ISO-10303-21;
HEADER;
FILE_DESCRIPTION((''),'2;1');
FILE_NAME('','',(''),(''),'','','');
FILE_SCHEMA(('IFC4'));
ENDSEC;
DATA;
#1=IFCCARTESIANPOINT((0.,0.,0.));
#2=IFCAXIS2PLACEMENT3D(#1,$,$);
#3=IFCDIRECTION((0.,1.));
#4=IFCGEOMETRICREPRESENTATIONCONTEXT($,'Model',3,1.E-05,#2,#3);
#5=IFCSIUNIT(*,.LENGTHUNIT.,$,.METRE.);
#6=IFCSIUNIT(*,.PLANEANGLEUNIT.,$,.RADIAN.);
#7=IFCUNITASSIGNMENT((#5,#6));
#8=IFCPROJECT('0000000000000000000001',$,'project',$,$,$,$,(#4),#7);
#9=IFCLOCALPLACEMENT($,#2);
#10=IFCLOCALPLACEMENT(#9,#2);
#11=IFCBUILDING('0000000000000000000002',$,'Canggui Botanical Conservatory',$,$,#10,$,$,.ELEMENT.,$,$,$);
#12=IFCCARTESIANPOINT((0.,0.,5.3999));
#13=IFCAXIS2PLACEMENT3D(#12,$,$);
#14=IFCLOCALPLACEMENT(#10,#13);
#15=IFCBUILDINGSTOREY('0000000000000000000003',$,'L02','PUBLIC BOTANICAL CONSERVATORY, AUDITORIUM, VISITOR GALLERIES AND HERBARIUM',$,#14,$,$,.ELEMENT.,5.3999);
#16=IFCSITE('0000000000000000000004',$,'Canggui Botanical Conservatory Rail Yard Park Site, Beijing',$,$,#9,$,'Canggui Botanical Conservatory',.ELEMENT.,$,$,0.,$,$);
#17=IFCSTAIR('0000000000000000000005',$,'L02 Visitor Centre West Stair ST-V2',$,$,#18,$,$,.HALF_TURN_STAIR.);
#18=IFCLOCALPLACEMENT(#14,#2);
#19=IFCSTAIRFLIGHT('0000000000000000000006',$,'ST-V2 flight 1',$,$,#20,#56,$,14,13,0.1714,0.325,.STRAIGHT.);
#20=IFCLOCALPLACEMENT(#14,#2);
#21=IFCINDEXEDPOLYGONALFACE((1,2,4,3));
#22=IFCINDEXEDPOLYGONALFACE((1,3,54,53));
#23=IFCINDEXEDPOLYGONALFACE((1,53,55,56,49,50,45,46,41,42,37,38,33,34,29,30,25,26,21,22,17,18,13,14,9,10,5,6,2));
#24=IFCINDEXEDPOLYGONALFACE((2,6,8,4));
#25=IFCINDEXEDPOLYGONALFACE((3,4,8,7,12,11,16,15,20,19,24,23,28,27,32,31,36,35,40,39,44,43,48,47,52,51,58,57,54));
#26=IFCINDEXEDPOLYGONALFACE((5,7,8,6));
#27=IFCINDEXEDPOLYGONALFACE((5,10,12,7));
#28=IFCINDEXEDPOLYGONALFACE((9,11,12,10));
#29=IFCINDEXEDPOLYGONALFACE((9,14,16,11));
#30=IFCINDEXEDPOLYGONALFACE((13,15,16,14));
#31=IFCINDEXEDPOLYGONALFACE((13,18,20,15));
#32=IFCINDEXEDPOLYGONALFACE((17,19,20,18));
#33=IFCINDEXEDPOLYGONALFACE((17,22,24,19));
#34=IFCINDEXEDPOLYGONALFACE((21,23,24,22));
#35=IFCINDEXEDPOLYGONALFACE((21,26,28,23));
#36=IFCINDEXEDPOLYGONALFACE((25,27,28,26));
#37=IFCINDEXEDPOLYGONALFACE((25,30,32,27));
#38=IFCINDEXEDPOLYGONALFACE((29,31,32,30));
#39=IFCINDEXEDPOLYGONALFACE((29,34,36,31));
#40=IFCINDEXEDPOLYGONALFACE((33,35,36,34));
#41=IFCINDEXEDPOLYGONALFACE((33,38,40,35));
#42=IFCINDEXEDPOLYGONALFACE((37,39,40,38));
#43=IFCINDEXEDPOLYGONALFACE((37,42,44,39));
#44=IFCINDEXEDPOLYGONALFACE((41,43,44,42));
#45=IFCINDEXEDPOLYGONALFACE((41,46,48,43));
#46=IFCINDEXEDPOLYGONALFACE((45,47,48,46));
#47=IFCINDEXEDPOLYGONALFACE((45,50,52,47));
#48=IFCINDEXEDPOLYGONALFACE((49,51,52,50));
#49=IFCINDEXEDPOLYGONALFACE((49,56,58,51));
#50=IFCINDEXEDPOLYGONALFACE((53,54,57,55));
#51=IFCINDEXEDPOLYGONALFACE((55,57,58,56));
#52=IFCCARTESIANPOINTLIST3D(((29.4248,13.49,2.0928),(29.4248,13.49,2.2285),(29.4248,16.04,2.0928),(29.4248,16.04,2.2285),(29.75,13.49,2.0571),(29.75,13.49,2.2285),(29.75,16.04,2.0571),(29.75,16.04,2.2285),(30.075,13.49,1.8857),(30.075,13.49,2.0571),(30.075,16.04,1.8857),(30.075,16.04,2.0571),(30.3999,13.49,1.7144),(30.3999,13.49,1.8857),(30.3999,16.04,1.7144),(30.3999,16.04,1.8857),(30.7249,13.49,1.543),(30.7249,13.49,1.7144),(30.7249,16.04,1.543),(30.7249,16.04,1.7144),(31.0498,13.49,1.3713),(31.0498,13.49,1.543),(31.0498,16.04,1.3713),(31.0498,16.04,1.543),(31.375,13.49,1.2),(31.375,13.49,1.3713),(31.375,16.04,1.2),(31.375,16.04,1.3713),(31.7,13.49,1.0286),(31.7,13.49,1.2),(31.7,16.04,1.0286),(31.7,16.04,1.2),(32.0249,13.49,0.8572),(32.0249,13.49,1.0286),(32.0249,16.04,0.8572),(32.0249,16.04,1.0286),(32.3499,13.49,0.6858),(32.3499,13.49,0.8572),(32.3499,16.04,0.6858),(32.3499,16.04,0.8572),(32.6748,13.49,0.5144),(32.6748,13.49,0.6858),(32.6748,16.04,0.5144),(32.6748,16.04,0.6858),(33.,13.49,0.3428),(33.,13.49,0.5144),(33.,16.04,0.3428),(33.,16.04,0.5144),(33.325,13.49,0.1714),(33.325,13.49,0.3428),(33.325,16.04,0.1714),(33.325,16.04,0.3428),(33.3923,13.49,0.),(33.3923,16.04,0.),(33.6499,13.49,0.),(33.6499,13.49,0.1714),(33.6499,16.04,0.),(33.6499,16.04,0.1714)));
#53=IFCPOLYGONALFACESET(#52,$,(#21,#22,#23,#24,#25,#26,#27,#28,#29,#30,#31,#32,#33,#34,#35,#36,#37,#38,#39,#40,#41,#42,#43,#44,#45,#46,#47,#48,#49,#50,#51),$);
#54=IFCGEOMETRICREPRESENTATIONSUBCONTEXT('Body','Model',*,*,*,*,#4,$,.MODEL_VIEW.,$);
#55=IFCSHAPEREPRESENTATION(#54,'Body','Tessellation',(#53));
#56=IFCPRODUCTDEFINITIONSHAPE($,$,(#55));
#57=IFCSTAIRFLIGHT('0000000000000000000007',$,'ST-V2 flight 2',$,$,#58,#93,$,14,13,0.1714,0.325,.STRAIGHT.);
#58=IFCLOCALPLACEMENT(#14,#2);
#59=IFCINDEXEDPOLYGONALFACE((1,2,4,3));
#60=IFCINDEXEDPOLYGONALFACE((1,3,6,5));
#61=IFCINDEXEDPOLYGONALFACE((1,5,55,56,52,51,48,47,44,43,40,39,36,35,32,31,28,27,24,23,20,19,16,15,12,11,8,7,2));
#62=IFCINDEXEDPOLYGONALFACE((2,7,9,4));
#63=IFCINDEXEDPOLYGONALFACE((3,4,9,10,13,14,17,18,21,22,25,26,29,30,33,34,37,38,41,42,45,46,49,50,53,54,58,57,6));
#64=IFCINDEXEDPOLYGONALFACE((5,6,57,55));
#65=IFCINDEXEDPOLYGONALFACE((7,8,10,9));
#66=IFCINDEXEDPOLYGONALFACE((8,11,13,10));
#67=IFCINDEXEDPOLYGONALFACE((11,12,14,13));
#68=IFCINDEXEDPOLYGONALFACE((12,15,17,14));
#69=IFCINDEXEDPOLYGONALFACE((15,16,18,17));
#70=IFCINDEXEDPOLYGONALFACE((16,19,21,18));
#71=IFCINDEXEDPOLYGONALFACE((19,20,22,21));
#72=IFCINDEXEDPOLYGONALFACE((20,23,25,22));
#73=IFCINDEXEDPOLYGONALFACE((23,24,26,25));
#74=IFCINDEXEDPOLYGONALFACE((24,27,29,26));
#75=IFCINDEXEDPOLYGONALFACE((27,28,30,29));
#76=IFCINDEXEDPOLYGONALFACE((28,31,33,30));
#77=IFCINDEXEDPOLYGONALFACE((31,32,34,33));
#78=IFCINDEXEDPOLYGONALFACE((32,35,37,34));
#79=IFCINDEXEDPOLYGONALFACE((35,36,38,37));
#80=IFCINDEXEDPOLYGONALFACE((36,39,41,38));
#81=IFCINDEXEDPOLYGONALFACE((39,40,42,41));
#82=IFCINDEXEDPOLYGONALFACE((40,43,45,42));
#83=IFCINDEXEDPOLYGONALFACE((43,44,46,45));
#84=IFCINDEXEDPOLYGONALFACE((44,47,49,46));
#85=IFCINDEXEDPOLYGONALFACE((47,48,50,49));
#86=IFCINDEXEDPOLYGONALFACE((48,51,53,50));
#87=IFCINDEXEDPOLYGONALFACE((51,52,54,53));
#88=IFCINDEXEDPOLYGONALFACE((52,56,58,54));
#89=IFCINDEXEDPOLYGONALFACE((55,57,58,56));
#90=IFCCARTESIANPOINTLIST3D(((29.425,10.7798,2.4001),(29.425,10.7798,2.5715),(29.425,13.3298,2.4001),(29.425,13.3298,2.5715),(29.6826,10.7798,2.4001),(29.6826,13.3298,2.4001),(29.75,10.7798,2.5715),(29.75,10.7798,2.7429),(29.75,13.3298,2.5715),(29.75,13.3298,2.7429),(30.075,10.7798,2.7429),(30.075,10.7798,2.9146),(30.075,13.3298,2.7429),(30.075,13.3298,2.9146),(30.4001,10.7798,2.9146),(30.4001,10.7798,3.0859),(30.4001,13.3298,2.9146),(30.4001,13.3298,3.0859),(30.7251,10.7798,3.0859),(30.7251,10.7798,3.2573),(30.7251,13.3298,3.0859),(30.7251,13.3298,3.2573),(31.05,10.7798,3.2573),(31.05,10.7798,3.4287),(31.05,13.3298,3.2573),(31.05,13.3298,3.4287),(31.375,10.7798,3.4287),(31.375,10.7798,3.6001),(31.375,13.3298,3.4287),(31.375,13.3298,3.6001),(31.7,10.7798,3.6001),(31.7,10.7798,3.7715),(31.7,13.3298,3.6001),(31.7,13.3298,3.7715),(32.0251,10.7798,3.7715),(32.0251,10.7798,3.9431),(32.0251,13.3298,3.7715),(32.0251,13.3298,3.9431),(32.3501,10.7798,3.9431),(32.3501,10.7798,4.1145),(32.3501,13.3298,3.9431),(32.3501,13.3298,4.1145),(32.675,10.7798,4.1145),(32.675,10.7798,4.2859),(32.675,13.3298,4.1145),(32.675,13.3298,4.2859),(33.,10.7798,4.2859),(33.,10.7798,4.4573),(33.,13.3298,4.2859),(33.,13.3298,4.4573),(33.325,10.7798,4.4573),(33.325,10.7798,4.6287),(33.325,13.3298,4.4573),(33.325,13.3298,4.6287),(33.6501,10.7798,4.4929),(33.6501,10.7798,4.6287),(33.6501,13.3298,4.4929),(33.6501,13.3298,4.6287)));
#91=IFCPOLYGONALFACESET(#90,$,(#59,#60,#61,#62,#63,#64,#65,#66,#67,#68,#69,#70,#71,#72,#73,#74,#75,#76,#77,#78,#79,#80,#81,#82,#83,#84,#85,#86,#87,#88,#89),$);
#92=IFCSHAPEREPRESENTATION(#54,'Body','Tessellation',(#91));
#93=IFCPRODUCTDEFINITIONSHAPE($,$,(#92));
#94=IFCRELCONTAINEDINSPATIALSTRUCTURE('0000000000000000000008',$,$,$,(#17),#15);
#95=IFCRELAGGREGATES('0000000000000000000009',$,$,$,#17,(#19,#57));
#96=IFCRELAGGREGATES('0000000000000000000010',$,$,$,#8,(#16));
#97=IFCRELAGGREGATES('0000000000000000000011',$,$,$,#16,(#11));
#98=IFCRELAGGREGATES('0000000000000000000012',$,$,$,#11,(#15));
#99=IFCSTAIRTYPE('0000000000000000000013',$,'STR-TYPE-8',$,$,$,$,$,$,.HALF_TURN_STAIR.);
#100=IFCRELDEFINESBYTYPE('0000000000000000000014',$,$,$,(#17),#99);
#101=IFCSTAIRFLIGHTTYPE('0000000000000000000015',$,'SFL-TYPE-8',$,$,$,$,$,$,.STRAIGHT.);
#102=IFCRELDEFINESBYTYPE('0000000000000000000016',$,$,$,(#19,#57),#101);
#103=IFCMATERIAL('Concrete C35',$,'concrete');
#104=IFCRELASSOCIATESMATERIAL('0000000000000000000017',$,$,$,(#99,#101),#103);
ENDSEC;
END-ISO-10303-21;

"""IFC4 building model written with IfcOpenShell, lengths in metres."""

from ifc_helpers import new_model, si_unit, direction, frame, origin, place, context, subcontext, project, spatial, polyline, outline, extrude, material, type_object, element, aggregate, save


model = new_model("IFC4")

# Units and contexts
model_context = context("Model", 3, precision=1e-05, world=origin(), true_north=direction((0.0, 1.0)))
body_context = subcontext(model_context, "Body", "Model", "MODEL_VIEW")
ifc_project = project(units=[si_unit("LENGTHUNIT", "METRE"), si_unit("PLANEANGLEUNIT", "RADIAN")], contexts=[model_context])

# Site, building, storey
site_placement = place(None, origin())
site = spatial("IfcSite", under=ifc_project, at=site_placement, Name="Canggui Botanical Conservatory Rail Yard Park Site, Beijing", LongName="Canggui Botanical Conservatory", CompositionType="ELEMENT", RefElevation=0.0)
building_placement = place(site_placement, origin())
building = spatial("IfcBuilding", under=site, at=building_placement, Name="Canggui Botanical Conservatory", CompositionType="ELEMENT")
storey_placement = place(building_placement, frame((0.0, 0.0, 5.3999)))
storey = spatial("IfcBuildingStorey", under=building, at=storey_placement, Name="L02", Description="PUBLIC BOTANICAL CONSERVATORY, AUDITORIUM, VISITOR GALLERIES AND HERBARIUM", CompositionType="ELEMENT", Elevation=5.3999)

# Shared definitions
ifc_material_1 = material(Name="Concrete C35", Category="concrete")

# Stair, stair flights
stair_type = type_object("IfcStairType", Name="STR-TYPE-8", PredefinedType="HALF_TURN_STAIR", material=ifc_material_1)
stair_placement = place(storey_placement, origin())
stair = element("IfcStair", 1, at=stair_placement, inside=storey, type_object=stair_type, Name="L02 Visitor Centre West Stair ST-V2", PredefinedType="HALF_TURN_STAIR")
stair_flight_type = type_object("IfcStairFlightType", Name="SFL-TYPE-8", PredefinedType="STRAIGHT", material=ifc_material_1)
stair_flight_1_placement = place(storey_placement, frame((33.6499, 14.7649, 0.0), z_axis=(0.0, 0.0, 1.0), x_axis=(-1.0, 0.0, 0.0)))
stair_flight_1 = element("IfcStairFlight", 2, at=stair_flight_1_placement, type_object=stair_flight_type, Name="ST-V2 flight 1", NumberOfRisers=14, NumberOfTreads=13, PredefinedType="STRAIGHT", RiserHeight=0.1714, TreadLength=0.325, context=body_context, shape_type="SweptSolid", body=[
    extrude(outline(polyline([(0.0, 0.0), (0.0, 0.1714), (0.325, 0.1714), (0.325, 0.3428), (0.6499, 0.3428), (0.6499, 0.5144), (0.9751, 0.5144), (0.9751, 0.6858), (1.3, 0.6858), (1.3, 0.8572), (1.625, 0.8572), (1.625, 1.0286), (1.95, 1.0286), (1.95, 1.2), (2.2749, 1.2), (2.2749, 1.3713), (2.6001, 1.3713), (2.6001, 1.543), (2.925, 1.543), (2.925, 1.7144), (3.25, 1.7144), (3.25, 1.8857), (3.575, 1.8857), (3.575, 2.0571), (3.8999, 2.0571), (3.8999, 2.2285), (4.2251, 2.2285), (4.2251, 2.3999), (4.2251, 2.0928), (0.2576, 0.0), (0.0, 0.0)])), frame((0.0, 1.2749, 0.0), z_axis=(0.0, -1.0, 0.0), x_axis=(1.0, 0.0, 0.0)), (0.0, 0.0, 1.0), 2.55),
])
stair_flight_2_placement = place(storey_placement, frame((29.425, 12.0549, 2.4001), z_axis=(0.0, 0.0, 1.0), x_axis=(1.0, 0.0, 0.0)))
stair_flight_2 = element("IfcStairFlight", 3, at=stair_flight_2_placement, type_object=stair_flight_type, Name="ST-V2 flight 2", NumberOfRisers=14, NumberOfTreads=13, PredefinedType="STRAIGHT", RiserHeight=0.1714, TreadLength=0.325, context=body_context, shape_type="SweptSolid", body=[
    extrude(outline(polyline([(0.0, 0.0), (0.0, 0.1714), (0.325, 0.1714), (0.325, 0.3428), (0.6499, 0.3428), (0.6499, 0.5144), (0.9751, 0.5144), (0.9751, 0.6858), (1.3, 0.6858), (1.3, 0.8572), (1.625, 0.8572), (1.625, 1.0286), (1.95, 1.0286), (1.95, 1.2), (2.2749, 1.2), (2.2749, 1.3713), (2.6001, 1.3713), (2.6001, 1.543), (2.925, 1.543), (2.925, 1.7144), (3.25, 1.7144), (3.25, 1.8857), (3.575, 1.8857), (3.575, 2.0571), (3.8999, 2.0571), (3.8999, 2.2285), (4.2251, 2.2285), (4.2251, 2.3999), (4.2251, 2.0928), (0.2576, 0.0), (0.0, 0.0)])), frame((0.0, 1.2749, 0.0), z_axis=(0.0, -1.0, 0.0), x_axis=(1.0, 0.0, 0.0)), (0.0, 0.0, 1.0), 2.55),
])
aggregate(stair, [stair_flight_1, stair_flight_2])

save(model, "model.ifc")
